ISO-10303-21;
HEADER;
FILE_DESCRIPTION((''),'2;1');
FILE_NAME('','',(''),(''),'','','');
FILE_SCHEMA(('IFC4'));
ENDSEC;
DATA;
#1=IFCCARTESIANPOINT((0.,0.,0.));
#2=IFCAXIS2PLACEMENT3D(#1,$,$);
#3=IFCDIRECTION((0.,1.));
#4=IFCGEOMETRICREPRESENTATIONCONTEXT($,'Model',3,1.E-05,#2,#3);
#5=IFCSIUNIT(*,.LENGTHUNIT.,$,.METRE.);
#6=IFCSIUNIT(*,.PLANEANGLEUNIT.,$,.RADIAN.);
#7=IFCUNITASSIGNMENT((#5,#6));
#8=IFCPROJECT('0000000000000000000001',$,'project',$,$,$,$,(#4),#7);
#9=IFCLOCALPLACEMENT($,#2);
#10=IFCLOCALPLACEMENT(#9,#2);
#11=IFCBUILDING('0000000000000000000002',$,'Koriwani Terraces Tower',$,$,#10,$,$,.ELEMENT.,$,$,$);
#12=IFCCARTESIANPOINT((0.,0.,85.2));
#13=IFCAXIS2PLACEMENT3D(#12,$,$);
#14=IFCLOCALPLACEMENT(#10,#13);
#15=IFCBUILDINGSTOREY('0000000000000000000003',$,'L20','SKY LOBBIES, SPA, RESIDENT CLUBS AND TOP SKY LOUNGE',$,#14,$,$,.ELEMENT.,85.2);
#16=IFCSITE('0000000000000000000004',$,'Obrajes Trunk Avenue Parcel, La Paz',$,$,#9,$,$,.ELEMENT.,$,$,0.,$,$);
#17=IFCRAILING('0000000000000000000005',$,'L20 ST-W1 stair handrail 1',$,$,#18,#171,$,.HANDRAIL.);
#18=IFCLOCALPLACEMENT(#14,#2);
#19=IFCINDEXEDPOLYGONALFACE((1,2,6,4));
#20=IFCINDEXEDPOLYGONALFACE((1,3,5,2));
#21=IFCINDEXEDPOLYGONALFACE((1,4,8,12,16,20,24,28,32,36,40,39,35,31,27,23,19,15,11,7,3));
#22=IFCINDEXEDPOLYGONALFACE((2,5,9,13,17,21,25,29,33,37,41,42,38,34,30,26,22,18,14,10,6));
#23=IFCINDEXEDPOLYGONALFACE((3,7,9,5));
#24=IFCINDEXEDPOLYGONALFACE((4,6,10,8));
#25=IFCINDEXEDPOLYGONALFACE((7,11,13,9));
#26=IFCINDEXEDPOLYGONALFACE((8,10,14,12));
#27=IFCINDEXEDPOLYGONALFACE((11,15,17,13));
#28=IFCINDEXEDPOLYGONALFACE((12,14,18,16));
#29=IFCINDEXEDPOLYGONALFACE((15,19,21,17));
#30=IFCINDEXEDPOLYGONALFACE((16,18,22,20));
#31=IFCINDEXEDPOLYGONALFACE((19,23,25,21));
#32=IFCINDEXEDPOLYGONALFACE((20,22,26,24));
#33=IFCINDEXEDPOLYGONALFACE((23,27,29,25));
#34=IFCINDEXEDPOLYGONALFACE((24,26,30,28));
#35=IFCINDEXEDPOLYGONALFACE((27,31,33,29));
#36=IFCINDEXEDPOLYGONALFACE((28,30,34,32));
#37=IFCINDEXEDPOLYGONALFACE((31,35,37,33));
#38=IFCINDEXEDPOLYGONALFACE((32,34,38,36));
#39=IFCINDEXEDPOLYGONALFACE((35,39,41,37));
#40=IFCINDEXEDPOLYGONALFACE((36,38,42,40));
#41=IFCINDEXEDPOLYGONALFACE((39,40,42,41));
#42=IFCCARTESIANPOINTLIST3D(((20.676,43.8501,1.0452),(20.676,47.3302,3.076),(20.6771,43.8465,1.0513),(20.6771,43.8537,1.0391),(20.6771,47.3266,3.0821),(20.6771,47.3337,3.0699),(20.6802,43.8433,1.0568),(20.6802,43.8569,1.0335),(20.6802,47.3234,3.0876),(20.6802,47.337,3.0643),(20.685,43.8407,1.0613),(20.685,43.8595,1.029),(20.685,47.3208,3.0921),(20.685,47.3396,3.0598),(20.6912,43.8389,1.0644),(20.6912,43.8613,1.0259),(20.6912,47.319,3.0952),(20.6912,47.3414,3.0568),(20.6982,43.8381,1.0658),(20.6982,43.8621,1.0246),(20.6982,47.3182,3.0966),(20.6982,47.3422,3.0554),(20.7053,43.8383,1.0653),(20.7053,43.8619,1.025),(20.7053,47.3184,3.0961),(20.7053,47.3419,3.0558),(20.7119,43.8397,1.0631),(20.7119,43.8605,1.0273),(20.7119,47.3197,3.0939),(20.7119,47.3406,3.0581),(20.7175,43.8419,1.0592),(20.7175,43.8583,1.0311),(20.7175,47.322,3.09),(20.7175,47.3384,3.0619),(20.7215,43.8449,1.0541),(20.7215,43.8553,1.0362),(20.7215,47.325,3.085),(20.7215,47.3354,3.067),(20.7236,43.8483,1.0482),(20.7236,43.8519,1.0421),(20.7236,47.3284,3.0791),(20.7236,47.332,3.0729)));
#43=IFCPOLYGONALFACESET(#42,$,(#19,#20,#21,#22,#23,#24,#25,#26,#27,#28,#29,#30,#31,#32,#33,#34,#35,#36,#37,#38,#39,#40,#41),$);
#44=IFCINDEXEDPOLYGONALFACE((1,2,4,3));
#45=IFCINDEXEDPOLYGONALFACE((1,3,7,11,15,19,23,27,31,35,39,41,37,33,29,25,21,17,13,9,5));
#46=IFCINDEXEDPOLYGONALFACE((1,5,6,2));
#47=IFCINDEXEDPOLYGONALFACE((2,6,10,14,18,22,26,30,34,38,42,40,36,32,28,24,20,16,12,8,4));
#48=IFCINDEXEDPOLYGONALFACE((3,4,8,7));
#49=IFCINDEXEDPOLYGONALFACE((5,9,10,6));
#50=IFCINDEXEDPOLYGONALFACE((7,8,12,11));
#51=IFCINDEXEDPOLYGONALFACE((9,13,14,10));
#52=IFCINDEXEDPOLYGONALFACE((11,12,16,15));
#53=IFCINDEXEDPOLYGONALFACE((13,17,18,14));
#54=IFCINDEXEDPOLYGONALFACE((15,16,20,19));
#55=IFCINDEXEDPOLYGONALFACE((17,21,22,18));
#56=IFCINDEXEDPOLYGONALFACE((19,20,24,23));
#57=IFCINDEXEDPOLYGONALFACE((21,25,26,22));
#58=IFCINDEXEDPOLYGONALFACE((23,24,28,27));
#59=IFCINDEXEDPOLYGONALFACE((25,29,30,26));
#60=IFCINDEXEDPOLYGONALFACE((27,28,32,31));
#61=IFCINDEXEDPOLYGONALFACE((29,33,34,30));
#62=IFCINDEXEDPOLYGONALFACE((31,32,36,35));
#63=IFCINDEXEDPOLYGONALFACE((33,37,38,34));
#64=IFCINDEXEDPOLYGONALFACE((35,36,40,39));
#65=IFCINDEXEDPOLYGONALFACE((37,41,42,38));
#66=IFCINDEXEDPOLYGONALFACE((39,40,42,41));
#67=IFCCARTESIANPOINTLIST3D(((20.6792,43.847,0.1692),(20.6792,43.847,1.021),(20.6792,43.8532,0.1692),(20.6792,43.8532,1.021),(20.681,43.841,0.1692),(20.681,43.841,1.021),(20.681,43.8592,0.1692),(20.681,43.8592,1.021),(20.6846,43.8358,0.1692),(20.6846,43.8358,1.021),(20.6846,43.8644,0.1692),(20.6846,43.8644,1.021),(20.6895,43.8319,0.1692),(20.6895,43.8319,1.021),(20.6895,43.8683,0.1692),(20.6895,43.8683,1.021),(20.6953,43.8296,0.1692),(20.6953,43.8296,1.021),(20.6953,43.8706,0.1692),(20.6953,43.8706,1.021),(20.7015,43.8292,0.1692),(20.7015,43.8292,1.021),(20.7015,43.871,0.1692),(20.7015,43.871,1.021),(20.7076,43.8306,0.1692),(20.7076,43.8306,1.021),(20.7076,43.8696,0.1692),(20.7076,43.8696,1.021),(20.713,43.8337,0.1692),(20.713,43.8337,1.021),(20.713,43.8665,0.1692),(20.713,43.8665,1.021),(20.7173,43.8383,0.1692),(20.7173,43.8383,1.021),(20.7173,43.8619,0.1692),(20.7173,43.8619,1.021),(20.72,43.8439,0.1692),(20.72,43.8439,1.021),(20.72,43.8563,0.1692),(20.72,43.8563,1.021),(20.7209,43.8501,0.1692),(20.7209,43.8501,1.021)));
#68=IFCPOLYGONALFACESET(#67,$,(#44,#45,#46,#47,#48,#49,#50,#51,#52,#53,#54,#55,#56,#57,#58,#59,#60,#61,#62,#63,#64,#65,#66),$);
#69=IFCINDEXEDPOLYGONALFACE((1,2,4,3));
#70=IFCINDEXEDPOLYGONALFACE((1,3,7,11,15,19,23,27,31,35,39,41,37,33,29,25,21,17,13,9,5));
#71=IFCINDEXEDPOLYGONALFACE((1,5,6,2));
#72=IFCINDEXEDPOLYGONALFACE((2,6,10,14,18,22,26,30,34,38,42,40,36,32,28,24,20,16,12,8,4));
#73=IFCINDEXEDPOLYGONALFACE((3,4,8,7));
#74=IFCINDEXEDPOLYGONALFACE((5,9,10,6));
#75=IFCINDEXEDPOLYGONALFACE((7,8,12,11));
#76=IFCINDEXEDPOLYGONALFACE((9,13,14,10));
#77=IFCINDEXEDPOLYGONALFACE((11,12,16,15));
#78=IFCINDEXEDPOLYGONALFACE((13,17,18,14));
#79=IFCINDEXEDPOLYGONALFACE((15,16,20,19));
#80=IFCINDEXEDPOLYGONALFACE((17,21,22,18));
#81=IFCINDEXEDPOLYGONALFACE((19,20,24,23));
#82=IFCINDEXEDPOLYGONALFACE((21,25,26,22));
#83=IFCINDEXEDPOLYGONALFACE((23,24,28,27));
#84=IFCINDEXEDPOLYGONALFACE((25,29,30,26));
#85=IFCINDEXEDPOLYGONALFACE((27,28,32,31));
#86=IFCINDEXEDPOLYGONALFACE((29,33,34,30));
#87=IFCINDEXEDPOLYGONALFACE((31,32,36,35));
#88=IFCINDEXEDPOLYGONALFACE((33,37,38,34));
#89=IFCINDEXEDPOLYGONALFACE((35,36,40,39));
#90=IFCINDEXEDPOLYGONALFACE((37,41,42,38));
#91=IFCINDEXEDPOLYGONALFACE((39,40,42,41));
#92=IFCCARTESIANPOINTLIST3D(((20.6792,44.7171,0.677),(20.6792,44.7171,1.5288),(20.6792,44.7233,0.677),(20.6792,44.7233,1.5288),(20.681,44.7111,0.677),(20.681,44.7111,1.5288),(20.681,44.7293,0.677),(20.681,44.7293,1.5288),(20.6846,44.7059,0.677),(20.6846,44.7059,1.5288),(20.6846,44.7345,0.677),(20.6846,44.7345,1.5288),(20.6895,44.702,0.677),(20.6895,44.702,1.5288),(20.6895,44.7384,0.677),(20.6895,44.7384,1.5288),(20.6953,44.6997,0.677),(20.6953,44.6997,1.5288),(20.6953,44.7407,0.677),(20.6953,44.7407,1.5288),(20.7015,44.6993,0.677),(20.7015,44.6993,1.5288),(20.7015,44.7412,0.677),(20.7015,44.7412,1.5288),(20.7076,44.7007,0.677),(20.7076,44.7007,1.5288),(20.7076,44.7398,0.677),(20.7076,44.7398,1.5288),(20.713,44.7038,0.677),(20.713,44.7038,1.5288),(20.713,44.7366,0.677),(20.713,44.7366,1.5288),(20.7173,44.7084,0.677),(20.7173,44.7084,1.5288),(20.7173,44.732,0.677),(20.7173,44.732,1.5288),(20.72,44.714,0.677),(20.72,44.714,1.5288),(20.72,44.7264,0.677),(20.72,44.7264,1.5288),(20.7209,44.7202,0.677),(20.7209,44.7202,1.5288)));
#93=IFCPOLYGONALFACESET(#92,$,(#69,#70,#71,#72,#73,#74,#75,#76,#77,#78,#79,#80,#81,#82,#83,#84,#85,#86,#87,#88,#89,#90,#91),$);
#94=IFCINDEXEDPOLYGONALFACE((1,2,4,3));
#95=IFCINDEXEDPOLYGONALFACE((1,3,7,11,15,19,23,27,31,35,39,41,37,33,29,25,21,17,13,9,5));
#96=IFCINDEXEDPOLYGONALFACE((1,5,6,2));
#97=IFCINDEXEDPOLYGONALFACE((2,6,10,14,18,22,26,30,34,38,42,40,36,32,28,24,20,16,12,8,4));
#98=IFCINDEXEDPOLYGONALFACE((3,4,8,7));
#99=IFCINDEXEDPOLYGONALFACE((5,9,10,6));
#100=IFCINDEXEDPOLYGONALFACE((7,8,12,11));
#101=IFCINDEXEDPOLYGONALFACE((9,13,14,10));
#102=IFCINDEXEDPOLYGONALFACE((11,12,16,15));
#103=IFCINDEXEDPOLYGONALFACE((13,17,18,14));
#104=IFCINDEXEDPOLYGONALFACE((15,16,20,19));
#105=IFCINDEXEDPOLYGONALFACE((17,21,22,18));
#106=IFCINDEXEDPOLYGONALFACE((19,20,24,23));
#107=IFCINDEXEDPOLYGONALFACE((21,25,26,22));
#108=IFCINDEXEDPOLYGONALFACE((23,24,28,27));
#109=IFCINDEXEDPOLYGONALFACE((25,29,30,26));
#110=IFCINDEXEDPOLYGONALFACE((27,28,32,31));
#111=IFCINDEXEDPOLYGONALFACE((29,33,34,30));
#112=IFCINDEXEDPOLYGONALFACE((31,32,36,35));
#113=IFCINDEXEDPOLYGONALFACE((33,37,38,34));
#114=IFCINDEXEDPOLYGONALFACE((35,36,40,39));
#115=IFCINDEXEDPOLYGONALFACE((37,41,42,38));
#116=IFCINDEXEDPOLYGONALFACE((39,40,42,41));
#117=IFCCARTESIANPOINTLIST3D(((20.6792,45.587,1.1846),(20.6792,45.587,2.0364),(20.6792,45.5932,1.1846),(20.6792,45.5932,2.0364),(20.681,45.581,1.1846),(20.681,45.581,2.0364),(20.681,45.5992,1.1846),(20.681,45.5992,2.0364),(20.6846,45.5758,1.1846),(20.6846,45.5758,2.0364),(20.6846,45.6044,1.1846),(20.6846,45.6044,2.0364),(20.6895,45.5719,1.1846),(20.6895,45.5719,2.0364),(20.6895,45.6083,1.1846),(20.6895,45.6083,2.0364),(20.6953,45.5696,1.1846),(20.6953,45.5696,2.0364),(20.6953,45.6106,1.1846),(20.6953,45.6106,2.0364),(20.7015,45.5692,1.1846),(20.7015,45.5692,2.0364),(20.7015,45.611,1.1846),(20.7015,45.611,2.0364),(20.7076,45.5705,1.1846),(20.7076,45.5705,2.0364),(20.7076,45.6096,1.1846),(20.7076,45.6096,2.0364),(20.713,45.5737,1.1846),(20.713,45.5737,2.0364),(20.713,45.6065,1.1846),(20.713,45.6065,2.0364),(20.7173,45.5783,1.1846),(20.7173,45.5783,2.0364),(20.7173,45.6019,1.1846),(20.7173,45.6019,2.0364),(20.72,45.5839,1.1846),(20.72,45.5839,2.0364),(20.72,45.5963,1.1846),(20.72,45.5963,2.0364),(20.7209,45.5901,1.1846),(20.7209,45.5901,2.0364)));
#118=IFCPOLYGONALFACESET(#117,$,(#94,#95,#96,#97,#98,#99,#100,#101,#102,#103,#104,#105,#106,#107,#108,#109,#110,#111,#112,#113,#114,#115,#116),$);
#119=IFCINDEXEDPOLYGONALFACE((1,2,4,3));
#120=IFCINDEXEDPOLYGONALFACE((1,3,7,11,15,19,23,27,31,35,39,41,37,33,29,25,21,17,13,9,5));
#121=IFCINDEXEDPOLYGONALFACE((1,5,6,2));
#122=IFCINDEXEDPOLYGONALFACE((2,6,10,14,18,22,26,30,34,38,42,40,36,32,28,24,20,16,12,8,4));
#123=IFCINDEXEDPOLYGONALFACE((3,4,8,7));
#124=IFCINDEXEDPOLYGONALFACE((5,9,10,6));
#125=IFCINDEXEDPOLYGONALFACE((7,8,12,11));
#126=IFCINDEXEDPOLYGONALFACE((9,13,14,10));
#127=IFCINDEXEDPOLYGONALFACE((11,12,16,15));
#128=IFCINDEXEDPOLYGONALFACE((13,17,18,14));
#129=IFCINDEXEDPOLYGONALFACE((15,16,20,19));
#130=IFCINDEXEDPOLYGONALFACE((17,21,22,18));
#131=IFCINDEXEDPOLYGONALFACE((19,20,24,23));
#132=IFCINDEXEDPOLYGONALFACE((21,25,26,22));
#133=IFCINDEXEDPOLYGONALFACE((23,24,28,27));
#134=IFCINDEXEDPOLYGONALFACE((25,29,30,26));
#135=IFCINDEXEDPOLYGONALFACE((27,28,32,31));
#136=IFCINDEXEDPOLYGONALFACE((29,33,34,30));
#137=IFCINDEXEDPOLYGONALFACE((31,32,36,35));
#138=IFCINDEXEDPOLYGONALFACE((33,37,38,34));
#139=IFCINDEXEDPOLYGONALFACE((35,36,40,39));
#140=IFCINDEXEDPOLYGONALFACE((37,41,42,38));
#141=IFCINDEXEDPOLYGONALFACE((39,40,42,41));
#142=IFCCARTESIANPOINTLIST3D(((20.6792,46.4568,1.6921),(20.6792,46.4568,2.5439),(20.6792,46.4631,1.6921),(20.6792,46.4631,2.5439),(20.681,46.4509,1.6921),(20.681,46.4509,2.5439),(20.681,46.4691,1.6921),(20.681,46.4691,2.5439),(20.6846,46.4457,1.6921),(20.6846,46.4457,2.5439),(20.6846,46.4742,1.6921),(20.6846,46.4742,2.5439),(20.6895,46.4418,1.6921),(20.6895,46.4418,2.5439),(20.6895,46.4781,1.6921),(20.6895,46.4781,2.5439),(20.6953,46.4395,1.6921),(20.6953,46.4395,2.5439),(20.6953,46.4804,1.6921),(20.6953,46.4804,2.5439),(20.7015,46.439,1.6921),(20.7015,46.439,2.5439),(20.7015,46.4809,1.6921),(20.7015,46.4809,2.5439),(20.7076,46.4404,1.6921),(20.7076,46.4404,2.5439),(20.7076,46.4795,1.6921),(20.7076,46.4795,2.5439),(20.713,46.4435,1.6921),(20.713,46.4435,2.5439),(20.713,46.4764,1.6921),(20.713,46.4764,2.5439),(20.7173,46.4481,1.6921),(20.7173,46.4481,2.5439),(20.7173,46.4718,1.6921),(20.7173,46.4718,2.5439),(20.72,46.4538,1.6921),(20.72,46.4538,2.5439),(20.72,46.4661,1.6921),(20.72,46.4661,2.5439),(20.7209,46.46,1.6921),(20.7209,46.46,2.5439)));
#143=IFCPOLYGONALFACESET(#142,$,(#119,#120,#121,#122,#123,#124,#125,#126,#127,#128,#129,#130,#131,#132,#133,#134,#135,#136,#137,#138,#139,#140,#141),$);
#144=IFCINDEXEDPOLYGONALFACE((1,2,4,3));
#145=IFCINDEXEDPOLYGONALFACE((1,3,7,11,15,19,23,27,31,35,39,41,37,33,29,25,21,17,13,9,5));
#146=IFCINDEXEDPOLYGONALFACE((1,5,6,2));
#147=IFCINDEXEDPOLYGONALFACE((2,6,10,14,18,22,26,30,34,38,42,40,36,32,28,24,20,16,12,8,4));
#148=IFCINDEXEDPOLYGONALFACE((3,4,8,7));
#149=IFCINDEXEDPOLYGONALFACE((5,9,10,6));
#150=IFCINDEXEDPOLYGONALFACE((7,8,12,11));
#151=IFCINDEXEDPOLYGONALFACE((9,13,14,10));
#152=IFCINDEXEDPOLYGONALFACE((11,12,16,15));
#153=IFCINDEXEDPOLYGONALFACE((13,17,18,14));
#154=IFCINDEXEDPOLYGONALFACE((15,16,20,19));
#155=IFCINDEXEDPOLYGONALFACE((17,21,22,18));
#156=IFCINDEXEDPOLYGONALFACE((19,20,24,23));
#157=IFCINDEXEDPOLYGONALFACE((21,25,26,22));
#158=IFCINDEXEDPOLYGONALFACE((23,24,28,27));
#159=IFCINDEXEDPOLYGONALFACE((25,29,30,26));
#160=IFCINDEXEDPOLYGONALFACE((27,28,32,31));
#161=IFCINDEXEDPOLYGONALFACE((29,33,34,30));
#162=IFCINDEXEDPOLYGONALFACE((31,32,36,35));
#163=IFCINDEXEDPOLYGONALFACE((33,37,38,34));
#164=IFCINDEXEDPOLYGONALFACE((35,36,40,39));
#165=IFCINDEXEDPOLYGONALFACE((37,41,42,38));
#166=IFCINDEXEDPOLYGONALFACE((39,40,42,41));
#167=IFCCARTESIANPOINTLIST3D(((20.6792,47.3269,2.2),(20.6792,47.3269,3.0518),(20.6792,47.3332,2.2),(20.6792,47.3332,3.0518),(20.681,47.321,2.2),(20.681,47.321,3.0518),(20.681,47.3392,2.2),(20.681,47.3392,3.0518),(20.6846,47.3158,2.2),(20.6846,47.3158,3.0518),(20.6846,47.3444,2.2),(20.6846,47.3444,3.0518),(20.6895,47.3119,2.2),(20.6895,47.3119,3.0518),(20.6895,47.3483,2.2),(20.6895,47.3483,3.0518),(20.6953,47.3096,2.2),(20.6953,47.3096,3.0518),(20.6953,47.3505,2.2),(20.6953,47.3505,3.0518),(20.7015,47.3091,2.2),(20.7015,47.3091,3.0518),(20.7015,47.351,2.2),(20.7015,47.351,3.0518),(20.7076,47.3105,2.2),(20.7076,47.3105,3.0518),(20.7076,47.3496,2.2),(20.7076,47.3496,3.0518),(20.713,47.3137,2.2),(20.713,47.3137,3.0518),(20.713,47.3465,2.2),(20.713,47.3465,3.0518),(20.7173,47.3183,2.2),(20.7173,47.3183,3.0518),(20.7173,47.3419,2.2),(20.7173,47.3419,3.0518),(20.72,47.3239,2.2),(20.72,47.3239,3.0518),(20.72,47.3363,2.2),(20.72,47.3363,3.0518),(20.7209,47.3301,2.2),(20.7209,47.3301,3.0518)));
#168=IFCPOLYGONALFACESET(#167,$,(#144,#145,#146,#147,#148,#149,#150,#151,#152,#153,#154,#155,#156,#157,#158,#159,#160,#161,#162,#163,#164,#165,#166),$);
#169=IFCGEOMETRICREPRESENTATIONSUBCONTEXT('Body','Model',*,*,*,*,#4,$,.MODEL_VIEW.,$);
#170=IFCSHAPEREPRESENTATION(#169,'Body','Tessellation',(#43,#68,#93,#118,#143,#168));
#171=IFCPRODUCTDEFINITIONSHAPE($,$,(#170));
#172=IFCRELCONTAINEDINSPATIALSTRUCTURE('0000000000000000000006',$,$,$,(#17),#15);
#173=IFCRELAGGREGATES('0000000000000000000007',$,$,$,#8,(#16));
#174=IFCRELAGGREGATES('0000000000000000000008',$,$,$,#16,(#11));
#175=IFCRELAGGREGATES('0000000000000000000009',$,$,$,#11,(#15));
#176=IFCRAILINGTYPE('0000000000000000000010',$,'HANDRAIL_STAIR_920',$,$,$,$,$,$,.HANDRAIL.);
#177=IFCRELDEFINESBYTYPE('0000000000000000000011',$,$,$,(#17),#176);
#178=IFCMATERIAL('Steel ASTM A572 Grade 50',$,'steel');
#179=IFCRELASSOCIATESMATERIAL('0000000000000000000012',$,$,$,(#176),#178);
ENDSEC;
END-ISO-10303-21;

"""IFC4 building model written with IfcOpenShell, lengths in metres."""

from ifc_helpers import new_model, si_unit, direction, frame, origin, origin_2d, place, context, subcontext, project, spatial, circle, extrude, material, type_object, element, save


model = new_model("IFC4")

# Units and contexts
model_context = context("Model", 3, precision=1e-05, world=origin(), true_north=direction((0.0, 1.0)))
body_context = subcontext(model_context, "Body", "Model", "MODEL_VIEW")
ifc_project = project(units=[si_unit("LENGTHUNIT", "METRE"), si_unit("PLANEANGLEUNIT", "RADIAN")], contexts=[model_context])

# Site, building, storey
site_placement = place(None, origin())
site = spatial("IfcSite", under=ifc_project, at=site_placement, Name="Obrajes Trunk Avenue Parcel, La Paz", CompositionType="ELEMENT", RefElevation=0.0)
building_placement = place(site_placement, origin())
building = spatial("IfcBuilding", under=site, at=building_placement, Name="Koriwani Terraces Tower", CompositionType="ELEMENT")
storey_placement = place(building_placement, frame((0.0, 0.0, 85.2)))
storey = spatial("IfcBuildingStorey", under=building, at=storey_placement, Name="L20", Description="SKY LOBBIES, SPA, RESIDENT CLUBS AND TOP SKY LOUNGE", CompositionType="ELEMENT", Elevation=85.2)

# Shared definitions
ifc_material_1 = material(Name="Steel ASTM A572 Grade 50", Category="steel")

# Railing
railing_type_1 = type_object("IfcRailingType", Name="HANDRAIL_STAIR_920", PredefinedType="HANDRAIL", material=ifc_material_1)
railing_1_placement = place(storey_placement, frame((20.7, 43.8501, 0.1692)))
element("IfcRailing", 1, at=railing_1_placement, inside=storey, type_object=railing_type_1, Name="L20 ST-W1 stair handrail 1", PredefinedType="HANDRAIL", context=body_context, shape_type="SweptSolid", body=[
    extrude(circle(Radius=0.0239, at=origin_2d()), frame((0.0, 0.0, 0.876), z_axis=(0.0, 0.863695, 0.504014), x_axis=(-1.0, 0.0, 0.0)), (0.0, 0.0, 1.0), 4.0293),
    extrude(circle(Radius=0.021, at=origin_2d()), origin(), (0.0, 0.0, 1.0), 0.8518),
    extrude(circle(Radius=0.021, at=origin_2d()), frame((0.0, 0.8701, 0.5078)), (0.0, 0.0, 1.0), 0.8518),
    extrude(circle(Radius=0.021, at=origin_2d()), frame((0.0, 1.74, 1.0154)), (0.0, 0.0, 1.0), 0.8518),
    extrude(circle(Radius=0.021, at=origin_2d()), frame((0.0, 2.6099, 1.5229)), (0.0, 0.0, 1.0), 0.8518),
    extrude(circle(Radius=0.021, at=origin_2d()), frame((0.0, 3.48, 2.0308)), (0.0, 0.0, 1.0), 0.8518),
])

save(model, "model.ifc")
